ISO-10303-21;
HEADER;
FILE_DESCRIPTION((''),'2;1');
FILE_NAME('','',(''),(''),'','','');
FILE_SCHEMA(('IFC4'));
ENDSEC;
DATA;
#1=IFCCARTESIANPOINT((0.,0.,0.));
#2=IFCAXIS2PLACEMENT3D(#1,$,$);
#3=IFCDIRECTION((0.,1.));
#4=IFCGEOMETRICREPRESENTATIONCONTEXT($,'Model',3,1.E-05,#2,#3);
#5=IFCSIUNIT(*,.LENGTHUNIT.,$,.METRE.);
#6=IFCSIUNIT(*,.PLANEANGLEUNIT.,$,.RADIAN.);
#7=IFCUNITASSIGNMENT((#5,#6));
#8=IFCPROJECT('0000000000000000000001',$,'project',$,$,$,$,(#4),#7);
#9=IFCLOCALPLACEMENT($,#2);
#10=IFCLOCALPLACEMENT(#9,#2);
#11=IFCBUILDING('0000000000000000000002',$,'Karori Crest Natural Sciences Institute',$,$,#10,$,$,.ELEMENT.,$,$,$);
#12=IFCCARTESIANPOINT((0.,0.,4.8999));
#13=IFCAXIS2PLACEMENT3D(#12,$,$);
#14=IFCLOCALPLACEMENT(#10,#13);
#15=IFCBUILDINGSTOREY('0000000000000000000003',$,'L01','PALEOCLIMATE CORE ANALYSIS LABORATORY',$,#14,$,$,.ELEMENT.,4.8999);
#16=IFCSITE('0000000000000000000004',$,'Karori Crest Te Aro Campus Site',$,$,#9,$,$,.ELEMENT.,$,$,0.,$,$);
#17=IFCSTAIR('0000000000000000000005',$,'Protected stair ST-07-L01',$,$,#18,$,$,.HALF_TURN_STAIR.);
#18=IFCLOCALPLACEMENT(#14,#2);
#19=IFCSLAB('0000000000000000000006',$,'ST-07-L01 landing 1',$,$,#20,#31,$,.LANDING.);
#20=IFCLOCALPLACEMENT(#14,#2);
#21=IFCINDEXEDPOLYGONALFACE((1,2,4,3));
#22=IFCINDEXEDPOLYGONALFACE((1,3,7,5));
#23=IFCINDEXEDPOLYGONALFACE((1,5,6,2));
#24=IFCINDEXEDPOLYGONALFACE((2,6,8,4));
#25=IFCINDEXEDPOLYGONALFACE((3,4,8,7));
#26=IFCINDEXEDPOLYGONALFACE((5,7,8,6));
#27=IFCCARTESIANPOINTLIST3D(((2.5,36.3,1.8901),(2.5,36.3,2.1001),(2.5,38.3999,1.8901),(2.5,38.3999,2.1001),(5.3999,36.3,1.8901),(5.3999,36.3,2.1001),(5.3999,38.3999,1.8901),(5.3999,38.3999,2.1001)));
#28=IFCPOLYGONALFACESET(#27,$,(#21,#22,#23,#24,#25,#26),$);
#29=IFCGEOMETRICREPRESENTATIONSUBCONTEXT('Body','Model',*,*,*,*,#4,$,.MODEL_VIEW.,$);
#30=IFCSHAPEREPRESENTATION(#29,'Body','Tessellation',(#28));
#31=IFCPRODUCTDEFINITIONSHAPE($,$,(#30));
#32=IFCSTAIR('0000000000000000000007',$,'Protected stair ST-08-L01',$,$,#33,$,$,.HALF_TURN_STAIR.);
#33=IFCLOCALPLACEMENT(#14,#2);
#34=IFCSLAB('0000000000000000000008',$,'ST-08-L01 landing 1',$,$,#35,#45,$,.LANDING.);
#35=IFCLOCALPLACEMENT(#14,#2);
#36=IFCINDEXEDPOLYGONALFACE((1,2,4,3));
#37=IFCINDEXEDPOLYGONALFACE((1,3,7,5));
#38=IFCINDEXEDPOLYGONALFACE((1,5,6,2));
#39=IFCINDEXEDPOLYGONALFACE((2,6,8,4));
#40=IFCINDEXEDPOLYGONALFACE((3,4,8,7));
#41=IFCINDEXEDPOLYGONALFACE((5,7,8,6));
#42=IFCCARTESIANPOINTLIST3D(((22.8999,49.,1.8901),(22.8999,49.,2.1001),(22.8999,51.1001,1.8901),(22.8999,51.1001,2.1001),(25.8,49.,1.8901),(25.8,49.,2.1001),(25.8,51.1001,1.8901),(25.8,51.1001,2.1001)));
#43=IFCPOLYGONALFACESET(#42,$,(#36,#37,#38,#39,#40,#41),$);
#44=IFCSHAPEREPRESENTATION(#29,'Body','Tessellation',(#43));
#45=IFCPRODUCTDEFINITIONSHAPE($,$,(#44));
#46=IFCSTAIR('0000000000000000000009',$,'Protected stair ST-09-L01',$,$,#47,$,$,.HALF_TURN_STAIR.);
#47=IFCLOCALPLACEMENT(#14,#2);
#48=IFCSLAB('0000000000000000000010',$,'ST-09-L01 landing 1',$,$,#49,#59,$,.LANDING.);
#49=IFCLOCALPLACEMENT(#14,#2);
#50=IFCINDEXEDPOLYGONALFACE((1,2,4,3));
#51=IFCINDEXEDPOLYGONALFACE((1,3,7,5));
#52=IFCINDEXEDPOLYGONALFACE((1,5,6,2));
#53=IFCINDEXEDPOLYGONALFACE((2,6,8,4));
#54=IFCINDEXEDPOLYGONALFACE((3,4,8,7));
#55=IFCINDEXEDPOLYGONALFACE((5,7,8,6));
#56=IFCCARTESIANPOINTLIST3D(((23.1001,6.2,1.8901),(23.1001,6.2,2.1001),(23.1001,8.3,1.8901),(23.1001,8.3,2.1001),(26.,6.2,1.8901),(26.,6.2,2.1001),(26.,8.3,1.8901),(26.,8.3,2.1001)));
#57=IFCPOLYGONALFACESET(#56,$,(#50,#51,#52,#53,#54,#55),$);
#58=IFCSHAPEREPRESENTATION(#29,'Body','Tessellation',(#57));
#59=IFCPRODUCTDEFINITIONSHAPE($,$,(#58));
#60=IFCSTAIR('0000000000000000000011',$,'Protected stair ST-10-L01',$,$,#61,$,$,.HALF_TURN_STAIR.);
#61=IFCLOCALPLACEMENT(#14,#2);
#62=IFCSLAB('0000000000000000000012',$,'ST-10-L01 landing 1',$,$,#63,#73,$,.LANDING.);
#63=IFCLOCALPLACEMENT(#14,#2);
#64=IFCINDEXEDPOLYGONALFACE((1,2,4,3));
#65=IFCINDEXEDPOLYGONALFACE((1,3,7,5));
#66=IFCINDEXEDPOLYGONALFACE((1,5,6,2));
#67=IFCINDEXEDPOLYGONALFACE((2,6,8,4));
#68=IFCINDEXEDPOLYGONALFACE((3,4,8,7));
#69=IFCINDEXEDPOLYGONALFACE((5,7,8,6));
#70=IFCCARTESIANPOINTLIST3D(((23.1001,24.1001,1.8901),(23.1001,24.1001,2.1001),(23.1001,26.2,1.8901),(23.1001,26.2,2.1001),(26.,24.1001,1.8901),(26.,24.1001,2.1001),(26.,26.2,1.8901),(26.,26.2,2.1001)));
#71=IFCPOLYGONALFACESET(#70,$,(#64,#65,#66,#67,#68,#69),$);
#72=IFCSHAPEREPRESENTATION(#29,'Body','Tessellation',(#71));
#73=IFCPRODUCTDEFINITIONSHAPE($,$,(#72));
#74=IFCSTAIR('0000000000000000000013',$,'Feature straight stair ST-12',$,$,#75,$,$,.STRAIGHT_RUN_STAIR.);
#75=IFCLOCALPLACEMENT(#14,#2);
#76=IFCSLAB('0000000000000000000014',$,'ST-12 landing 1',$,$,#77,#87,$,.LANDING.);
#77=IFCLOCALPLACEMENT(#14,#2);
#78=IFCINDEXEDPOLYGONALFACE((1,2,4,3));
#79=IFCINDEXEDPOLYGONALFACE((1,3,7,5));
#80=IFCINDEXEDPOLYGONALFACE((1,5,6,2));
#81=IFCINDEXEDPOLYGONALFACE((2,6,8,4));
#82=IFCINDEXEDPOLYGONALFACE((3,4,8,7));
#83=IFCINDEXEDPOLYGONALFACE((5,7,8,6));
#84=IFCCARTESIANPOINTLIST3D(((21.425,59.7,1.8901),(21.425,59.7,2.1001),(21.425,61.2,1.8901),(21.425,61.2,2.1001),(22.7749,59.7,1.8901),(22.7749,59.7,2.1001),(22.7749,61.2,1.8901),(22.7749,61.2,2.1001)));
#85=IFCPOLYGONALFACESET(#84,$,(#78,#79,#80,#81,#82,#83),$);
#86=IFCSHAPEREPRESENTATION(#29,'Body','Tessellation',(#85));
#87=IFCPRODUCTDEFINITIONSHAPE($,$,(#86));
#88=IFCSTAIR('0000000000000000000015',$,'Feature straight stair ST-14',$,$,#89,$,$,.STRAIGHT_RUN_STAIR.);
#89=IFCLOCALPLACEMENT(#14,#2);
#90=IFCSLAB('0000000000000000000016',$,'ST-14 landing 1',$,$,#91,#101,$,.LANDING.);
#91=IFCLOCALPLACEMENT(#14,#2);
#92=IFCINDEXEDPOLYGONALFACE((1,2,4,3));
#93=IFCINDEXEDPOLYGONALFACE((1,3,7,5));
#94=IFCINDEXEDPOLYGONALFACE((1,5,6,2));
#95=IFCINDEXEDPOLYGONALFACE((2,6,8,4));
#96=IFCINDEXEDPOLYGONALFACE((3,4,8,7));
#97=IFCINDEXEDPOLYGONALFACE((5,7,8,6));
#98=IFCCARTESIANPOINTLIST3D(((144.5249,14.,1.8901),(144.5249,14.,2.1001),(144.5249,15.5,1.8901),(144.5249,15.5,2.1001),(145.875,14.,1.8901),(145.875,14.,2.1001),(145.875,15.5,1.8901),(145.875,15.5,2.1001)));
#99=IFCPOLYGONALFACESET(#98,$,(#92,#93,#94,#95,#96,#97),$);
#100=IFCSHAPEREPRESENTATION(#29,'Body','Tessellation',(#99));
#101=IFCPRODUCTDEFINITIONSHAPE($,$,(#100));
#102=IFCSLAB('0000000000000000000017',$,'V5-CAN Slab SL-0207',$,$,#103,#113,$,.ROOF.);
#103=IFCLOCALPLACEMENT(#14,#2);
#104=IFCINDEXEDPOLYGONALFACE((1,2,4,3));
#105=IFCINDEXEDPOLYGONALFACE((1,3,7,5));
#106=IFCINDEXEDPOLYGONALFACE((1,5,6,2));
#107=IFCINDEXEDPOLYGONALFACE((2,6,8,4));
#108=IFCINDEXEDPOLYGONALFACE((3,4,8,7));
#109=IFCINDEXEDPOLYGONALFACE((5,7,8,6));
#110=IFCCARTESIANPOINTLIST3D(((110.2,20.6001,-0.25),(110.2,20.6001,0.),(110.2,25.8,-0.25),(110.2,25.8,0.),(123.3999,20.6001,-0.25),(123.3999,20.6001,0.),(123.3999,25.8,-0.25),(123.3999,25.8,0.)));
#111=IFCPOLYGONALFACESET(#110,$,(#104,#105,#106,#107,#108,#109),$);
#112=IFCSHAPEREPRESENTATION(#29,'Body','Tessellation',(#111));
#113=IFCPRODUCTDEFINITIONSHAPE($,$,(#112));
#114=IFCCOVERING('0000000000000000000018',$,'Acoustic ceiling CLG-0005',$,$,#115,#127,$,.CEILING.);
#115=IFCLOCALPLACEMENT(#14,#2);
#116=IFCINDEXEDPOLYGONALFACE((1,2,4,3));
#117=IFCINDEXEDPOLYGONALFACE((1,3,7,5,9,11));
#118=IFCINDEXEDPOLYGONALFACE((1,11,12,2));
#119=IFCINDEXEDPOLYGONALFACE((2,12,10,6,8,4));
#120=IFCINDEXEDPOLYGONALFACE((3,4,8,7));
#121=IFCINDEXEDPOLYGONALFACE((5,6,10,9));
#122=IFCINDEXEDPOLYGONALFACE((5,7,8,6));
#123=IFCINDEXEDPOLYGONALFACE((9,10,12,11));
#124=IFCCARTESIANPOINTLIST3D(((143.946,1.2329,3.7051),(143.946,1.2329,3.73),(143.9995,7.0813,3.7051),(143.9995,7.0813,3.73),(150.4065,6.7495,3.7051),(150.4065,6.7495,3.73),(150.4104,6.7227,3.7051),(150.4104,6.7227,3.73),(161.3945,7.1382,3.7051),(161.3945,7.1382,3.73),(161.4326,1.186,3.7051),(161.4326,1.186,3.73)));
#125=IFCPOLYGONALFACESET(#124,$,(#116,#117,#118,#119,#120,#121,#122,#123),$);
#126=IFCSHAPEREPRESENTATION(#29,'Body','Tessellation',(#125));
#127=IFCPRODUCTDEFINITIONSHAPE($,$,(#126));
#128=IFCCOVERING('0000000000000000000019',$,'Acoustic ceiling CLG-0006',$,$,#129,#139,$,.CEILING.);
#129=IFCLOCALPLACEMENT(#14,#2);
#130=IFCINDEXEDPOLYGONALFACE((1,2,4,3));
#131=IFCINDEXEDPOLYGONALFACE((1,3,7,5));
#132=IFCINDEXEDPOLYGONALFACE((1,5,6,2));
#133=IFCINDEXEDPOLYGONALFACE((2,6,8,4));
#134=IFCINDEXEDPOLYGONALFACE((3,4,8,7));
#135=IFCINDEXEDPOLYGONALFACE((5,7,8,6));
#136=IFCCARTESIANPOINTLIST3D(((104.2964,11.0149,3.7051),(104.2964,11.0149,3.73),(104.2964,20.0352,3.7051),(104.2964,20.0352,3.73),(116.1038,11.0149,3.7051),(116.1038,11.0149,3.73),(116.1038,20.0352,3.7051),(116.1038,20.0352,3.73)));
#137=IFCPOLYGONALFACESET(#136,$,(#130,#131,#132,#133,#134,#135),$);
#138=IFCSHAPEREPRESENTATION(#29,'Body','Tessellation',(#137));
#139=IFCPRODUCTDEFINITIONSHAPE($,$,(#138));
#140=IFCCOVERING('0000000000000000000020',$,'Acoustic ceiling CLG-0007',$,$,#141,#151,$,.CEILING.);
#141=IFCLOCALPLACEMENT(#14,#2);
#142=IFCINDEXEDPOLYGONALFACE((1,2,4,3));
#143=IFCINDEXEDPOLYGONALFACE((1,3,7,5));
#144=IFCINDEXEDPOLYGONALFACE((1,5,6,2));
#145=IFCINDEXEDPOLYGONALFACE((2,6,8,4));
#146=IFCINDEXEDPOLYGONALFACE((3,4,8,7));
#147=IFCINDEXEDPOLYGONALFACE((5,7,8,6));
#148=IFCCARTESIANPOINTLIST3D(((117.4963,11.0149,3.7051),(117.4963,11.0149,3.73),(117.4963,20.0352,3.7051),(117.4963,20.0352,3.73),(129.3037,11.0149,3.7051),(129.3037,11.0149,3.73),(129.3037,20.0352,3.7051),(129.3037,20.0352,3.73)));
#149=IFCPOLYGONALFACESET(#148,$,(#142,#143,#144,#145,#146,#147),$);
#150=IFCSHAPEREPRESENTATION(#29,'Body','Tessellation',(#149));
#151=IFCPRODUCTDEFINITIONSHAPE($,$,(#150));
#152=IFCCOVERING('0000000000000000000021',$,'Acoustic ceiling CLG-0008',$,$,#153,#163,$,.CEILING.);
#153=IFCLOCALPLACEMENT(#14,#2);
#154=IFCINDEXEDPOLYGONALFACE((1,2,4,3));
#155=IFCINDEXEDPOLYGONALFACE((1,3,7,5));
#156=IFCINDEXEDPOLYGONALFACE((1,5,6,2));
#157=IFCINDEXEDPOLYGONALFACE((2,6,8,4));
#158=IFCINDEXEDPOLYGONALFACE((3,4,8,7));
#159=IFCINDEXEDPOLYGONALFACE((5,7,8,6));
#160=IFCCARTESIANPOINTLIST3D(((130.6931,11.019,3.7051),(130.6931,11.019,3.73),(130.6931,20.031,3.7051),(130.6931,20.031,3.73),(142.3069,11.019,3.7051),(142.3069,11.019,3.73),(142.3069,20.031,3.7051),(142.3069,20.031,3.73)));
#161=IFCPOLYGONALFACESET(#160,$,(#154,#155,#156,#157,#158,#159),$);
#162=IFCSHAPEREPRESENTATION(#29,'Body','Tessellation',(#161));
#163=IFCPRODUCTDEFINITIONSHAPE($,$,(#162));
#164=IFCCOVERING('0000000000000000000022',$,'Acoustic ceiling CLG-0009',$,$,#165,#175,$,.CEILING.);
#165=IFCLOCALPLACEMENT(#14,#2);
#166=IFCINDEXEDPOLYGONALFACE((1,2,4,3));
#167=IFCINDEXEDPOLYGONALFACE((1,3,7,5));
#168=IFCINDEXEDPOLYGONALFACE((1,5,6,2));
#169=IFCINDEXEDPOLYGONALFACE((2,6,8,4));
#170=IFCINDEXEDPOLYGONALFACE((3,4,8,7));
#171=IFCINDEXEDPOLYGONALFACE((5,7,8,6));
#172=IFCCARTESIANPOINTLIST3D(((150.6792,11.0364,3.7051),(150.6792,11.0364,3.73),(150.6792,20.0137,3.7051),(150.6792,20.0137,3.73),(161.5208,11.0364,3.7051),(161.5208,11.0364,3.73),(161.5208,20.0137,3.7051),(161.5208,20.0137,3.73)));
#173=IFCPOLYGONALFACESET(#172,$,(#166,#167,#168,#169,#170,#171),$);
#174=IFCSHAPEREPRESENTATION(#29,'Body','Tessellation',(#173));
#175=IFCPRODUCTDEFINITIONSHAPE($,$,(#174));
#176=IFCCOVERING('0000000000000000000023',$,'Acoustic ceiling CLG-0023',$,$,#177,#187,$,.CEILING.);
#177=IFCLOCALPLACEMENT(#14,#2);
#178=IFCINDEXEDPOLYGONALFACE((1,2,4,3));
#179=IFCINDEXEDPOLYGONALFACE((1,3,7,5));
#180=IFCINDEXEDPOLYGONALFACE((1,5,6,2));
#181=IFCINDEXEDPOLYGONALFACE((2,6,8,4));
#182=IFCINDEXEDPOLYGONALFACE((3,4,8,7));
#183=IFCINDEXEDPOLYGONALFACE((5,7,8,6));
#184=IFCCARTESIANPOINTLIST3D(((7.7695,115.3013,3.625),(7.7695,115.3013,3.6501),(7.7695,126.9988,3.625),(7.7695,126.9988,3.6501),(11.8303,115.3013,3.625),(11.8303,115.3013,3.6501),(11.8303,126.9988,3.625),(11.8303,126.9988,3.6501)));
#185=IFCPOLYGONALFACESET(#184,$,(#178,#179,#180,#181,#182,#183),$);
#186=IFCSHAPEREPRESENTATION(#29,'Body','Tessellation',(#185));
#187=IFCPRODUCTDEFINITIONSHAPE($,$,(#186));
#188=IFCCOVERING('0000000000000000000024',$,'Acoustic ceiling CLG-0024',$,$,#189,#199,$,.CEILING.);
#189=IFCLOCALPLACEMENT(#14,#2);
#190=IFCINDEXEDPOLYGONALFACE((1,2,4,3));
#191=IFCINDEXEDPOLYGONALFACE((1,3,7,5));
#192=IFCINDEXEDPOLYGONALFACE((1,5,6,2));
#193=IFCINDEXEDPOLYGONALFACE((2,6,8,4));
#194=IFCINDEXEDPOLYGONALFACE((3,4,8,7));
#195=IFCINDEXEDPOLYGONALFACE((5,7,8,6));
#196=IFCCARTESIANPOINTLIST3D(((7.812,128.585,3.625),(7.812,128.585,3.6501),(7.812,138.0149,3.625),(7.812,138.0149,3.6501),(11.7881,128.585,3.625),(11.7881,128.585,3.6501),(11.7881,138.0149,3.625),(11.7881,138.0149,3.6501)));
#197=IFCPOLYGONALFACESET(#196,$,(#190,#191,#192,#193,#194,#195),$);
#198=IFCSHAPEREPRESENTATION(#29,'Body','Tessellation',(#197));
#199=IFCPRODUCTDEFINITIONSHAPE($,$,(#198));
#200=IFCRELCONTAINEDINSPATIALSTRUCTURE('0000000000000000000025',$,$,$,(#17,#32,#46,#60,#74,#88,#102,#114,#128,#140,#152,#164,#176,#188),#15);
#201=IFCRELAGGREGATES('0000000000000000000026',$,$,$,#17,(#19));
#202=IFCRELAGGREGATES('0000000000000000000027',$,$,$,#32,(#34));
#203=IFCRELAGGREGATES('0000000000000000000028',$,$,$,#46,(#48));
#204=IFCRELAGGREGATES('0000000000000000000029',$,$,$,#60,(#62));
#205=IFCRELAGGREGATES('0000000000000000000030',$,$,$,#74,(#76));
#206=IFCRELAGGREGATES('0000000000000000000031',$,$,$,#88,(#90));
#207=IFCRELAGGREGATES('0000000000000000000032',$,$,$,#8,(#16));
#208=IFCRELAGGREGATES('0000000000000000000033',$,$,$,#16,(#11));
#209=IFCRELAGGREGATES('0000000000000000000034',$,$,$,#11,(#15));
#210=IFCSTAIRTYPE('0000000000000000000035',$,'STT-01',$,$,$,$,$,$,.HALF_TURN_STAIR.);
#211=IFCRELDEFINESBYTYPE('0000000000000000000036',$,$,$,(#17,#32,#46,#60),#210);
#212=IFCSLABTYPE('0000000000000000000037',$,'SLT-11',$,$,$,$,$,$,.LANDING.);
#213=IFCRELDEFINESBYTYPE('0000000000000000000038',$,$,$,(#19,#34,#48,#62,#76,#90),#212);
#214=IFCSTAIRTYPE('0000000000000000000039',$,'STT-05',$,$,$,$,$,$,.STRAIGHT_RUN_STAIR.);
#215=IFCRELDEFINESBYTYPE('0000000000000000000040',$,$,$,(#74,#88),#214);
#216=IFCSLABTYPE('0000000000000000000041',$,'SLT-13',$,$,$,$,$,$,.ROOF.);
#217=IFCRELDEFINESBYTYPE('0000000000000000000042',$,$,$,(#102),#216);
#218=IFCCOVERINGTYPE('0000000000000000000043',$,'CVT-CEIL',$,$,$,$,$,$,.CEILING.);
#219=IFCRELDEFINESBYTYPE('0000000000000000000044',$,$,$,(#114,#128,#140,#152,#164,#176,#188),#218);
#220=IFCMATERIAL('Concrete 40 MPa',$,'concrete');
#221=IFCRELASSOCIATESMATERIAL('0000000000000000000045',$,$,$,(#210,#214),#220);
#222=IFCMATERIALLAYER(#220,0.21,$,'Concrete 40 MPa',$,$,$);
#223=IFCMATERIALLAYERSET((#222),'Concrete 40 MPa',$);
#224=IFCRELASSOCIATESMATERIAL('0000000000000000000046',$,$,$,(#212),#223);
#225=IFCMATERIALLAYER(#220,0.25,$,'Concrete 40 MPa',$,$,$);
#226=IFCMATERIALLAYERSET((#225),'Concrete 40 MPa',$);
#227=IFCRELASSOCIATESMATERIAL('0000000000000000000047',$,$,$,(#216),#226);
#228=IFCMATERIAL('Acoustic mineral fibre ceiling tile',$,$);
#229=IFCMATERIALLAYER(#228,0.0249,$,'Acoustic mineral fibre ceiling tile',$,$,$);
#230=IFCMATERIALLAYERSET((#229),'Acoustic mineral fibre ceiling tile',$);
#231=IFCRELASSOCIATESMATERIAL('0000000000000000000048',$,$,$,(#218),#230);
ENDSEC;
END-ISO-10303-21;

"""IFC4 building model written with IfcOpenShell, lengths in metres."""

from ifc_helpers import new_model, si_unit, direction, frame, origin, place, context, subcontext, project, spatial, polyline, outline, extrude, material, layer, layer_set, type_object, element, aggregate, save


model = new_model("IFC4")

# Units and contexts
model_context = context("Model", 3, precision=1e-05, world=origin(), true_north=direction((0.0, 1.0)))
body_context = subcontext(model_context, "Body", "Model", "MODEL_VIEW")
ifc_project = project(units=[si_unit("LENGTHUNIT", "METRE"), si_unit("PLANEANGLEUNIT", "RADIAN")], contexts=[model_context])

# Site, building, storey
site_placement = place(None, origin())
site = spatial("IfcSite", under=ifc_project, at=site_placement, Name="Karori Crest Te Aro Campus Site", CompositionType="ELEMENT", RefElevation=0.0)
building_placement = place(site_placement, origin())
building = spatial("IfcBuilding", under=site, at=building_placement, Name="Karori Crest Natural Sciences Institute", CompositionType="ELEMENT")
storey_placement = place(building_placement, frame((0.0, 0.0, 4.8999)))
storey = spatial("IfcBuildingStorey", under=building, at=storey_placement, Name="L01", Description="PALEOCLIMATE CORE ANALYSIS LABORATORY", CompositionType="ELEMENT", Elevation=4.8999)

# Shared definitions
ifc_material_1 = material(Name="Concrete 40 MPa", Category="concrete")

# Stairs, slabs
stair_type_1 = type_object("IfcStairType", Name="STT-01", PredefinedType="HALF_TURN_STAIR", material=ifc_material_1)
ifc_layer_1 = layer(ifc_material_1, 0.21, Name="Concrete 40 MPa")
ifc_layer_set_1 = layer_set([ifc_layer_1], Name="Concrete 40 MPa")
slab_type_1 = type_object("IfcSlabType", Name="SLT-11", PredefinedType="LANDING", material=ifc_layer_set_1)
stair_1_placement = place(storey_placement, origin())
stair_1 = element("IfcStair", 1, at=stair_1_placement, inside=storey, type_object=stair_type_1, Name="Protected stair ST-07-L01", PredefinedType="HALF_TURN_STAIR")
slab_1_placement = place(storey_placement, frame((0.0, 0.0, 1.8901)))
slab_1 = element("IfcSlab", 2, at=slab_1_placement, type_object=slab_type_1, Name="ST-07-L01 landing 1", PredefinedType="LANDING", context=body_context, shape_type="SweptSolid", body=[
    extrude(outline(polyline([(5.3999, 36.3), (5.3999, 38.3999), (2.5, 38.3999), (2.5, 36.3), (5.3999, 36.3)])), origin(), (0.0, 0.0, 1.0), 0.21),
])
aggregate(stair_1, [slab_1])
stair_2_placement = place(storey_placement, origin())
stair_2 = element("IfcStair", 3, at=stair_2_placement, inside=storey, type_object=stair_type_1, Name="Protected stair ST-08-L01", PredefinedType="HALF_TURN_STAIR")
slab_2_placement = place(storey_placement, frame((0.0, 0.0, 1.8901)))
slab_2 = element("IfcSlab", 4, at=slab_2_placement, type_object=slab_type_1, Name="ST-08-L01 landing 1", PredefinedType="LANDING", context=body_context, shape_type="SweptSolid", body=[
    extrude(outline(polyline([(25.8, 49.0), (25.8, 51.1001), (22.8999, 51.1001), (22.8999, 49.0), (25.8, 49.0)])), origin(), (0.0, 0.0, 1.0), 0.21),
])
aggregate(stair_2, [slab_2])
stair_3_placement = place(storey_placement, origin())
stair_3 = element("IfcStair", 5, at=stair_3_placement, inside=storey, type_object=stair_type_1, Name="Protected stair ST-09-L01", PredefinedType="HALF_TURN_STAIR")
slab_3_placement = place(storey_placement, frame((0.0, 0.0, 1.8901)))
slab_3 = element("IfcSlab", 6, at=slab_3_placement, type_object=slab_type_1, Name="ST-09-L01 landing 1", PredefinedType="LANDING", context=body_context, shape_type="SweptSolid", body=[
    extrude(outline(polyline([(26.0, 6.2), (26.0, 8.3), (23.1001, 8.3), (23.1001, 6.2), (26.0, 6.2)])), origin(), (0.0, 0.0, 1.0), 0.21),
])
aggregate(stair_3, [slab_3])
stair_4_placement = place(storey_placement, origin())
stair_4 = element("IfcStair", 7, at=stair_4_placement, inside=storey, type_object=stair_type_1, Name="Protected stair ST-10-L01", PredefinedType="HALF_TURN_STAIR")
slab_4_placement = place(storey_placement, frame((0.0, 0.0, 1.8901)))
slab_4 = element("IfcSlab", 8, at=slab_4_placement, type_object=slab_type_1, Name="ST-10-L01 landing 1", PredefinedType="LANDING", context=body_context, shape_type="SweptSolid", body=[
    extrude(outline(polyline([(26.0, 24.1001), (26.0, 26.2), (23.1001, 26.2), (23.1001, 24.1001), (26.0, 24.1001)])), origin(), (0.0, 0.0, 1.0), 0.21),
])
aggregate(stair_4, [slab_4])
stair_type_2 = type_object("IfcStairType", Name="STT-05", PredefinedType="STRAIGHT_RUN_STAIR", material=ifc_material_1)
stair_5_placement = place(storey_placement, origin())
stair_5 = element("IfcStair", 9, at=stair_5_placement, inside=storey, type_object=stair_type_2, Name="Feature straight stair ST-12", PredefinedType="STRAIGHT_RUN_STAIR")
slab_5_placement = place(storey_placement, frame((0.0, 0.0, 1.8901)))
slab_5 = element("IfcSlab", 10, at=slab_5_placement, type_object=slab_type_1, Name="ST-12 landing 1", PredefinedType="LANDING", context=body_context, shape_type="SweptSolid", body=[
    extrude(outline(polyline([(21.425, 59.7), (22.7749, 59.7), (22.7749, 61.2), (21.425, 61.2), (21.425, 59.7)])), origin(), (0.0, 0.0, 1.0), 0.21),
])
aggregate(stair_5, [slab_5])
stair_6_placement = place(storey_placement, origin())
stair_6 = element("IfcStair", 11, at=stair_6_placement, inside=storey, type_object=stair_type_2, Name="Feature straight stair ST-14", PredefinedType="STRAIGHT_RUN_STAIR")
slab_6_placement = place(storey_placement, frame((0.0, 0.0, 1.8901)))
slab_6 = element("IfcSlab", 12, at=slab_6_placement, type_object=slab_type_1, Name="ST-14 landing 1", PredefinedType="LANDING", context=body_context, shape_type="SweptSolid", body=[
    extrude(outline(polyline([(144.5249, 14.0), (145.875, 14.0), (145.875, 15.5), (144.5249, 15.5), (144.5249, 14.0)])), origin(), (0.0, 0.0, 1.0), 0.21),
])
aggregate(stair_6, [slab_6])

# Slab
ifc_layer_2 = layer(ifc_material_1, 0.25, Name="Concrete 40 MPa")
ifc_layer_set_2 = layer_set([ifc_layer_2], Name="Concrete 40 MPa")
slab_type_2 = type_object("IfcSlabType", Name="SLT-13", PredefinedType="ROOF", material=ifc_layer_set_2)
slab_7_placement = place(storey_placement, frame((0.0, 0.0, -0.25)))
element("IfcSlab", 13, at=slab_7_placement, inside=storey, type_object=slab_type_2, Name="V5-CAN Slab SL-0207", PredefinedType="ROOF", context=body_context, shape_type="SweptSolid", body=[
    extrude(outline(polyline([(110.2, 20.6001), (123.3999, 20.6001), (123.3999, 25.8), (110.2, 25.8), (110.2, 20.6001)])), origin(), (0.0, 0.0, 1.0), 0.25),
])

# Coverings
ifc_material_2 = material(Name="Acoustic mineral fibre ceiling tile")
ifc_layer_3 = layer(ifc_material_2, 0.0249, Name="Acoustic mineral fibre ceiling tile")
ifc_layer_set_3 = layer_set([ifc_layer_3], Name="Acoustic mineral fibre ceiling tile")
covering_type = type_object("IfcCoveringType", Name="CVT-CEIL", PredefinedType="CEILING", material=ifc_layer_set_3)
covering_1_placement = place(storey_placement, frame((0.0, 0.0, 3.7051)))
element("IfcCovering", 14, at=covering_1_placement, inside=storey, type_object=covering_type, Name="Acoustic ceiling CLG-0005", PredefinedType="CEILING", context=body_context, shape_type="SweptSolid", body=[
    extrude(outline(polyline([(143.9995, 7.0813), (143.946, 1.2329), (161.4326, 1.186), (161.3945, 7.1382), (150.4065, 6.7495), (150.4104, 6.7227), (143.9995, 7.0813)])), origin(), (0.0, 0.0, 1.0), 0.0249),
])
covering_2_placement = place(storey_placement, frame((0.0, 0.0, 3.7051)))
element("IfcCovering", 15, at=covering_2_placement, inside=storey, type_object=covering_type, Name="Acoustic ceiling CLG-0006", PredefinedType="CEILING", context=body_context, shape_type="SweptSolid", body=[
    extrude(outline(polyline([(104.2964, 20.0352), (104.2964, 11.0149), (116.1038, 11.0149), (116.1038, 20.0352), (104.2964, 20.0352)])), origin(), (0.0, 0.0, 1.0), 0.0249),
])
covering_3_placement = place(storey_placement, frame((0.0, 0.0, 3.7051)))
element("IfcCovering", 16, at=covering_3_placement, inside=storey, type_object=covering_type, Name="Acoustic ceiling CLG-0007", PredefinedType="CEILING", context=body_context, shape_type="SweptSolid", body=[
    extrude(outline(polyline([(117.4963, 20.0352), (117.4963, 11.0149), (129.3037, 11.0149), (129.3037, 20.0352), (117.4963, 20.0352)])), origin(), (0.0, 0.0, 1.0), 0.0249),
])
covering_4_placement = place(storey_placement, frame((0.0, 0.0, 3.7051)))
element("IfcCovering", 17, at=covering_4_placement, inside=storey, type_object=covering_type, Name="Acoustic ceiling CLG-0008", PredefinedType="CEILING", context=body_context, shape_type="SweptSolid", body=[
    extrude(outline(polyline([(130.6931, 20.031), (130.6931, 11.019), (142.3069, 11.019), (142.3069, 20.031), (130.6931, 20.031)])), origin(), (0.0, 0.0, 1.0), 0.0249),
])
covering_5_placement = place(storey_placement, frame((0.0, 0.0, 3.7051)))
element("IfcCovering", 18, at=covering_5_placement, inside=storey, type_object=covering_type, Name="Acoustic ceiling CLG-0009", PredefinedType="CEILING", context=body_context, shape_type="SweptSolid", body=[
    extrude(outline(polyline([(150.6792, 20.0137), (150.6792, 11.0364), (161.5208, 11.0364), (161.5208, 20.0137), (150.6792, 20.0137)])), origin(), (0.0, 0.0, 1.0), 0.0249),
])
covering_6_placement = place(storey_placement, frame((0.0, 0.0, 3.625)))
element("IfcCovering", 19, at=covering_6_placement, inside=storey, type_object=covering_type, Name="Acoustic ceiling CLG-0023", PredefinedType="CEILING", context=body_context, shape_type="SweptSolid", body=[
    extrude(outline(polyline([(7.7695, 126.9988), (7.7695, 115.3013), (11.8303, 115.3013), (11.8303, 126.9988), (7.7695, 126.9988)])), origin(), (0.0, 0.0, 1.0), 0.0251),
])
covering_7_placement = place(storey_placement, frame((0.0, 0.0, 3.625)))
element("IfcCovering", 20, at=covering_7_placement, inside=storey, type_object=covering_type, Name="Acoustic ceiling CLG-0024", PredefinedType="CEILING", context=body_context, shape_type="SweptSolid", body=[
    extrude(outline(polyline([(7.812, 138.0149), (7.812, 128.585), (11.7881, 128.585), (11.7881, 138.0149), (7.812, 138.0149)])), origin(), (0.0, 0.0, 1.0), 0.0251),
])

save(model, "model.ifc")
